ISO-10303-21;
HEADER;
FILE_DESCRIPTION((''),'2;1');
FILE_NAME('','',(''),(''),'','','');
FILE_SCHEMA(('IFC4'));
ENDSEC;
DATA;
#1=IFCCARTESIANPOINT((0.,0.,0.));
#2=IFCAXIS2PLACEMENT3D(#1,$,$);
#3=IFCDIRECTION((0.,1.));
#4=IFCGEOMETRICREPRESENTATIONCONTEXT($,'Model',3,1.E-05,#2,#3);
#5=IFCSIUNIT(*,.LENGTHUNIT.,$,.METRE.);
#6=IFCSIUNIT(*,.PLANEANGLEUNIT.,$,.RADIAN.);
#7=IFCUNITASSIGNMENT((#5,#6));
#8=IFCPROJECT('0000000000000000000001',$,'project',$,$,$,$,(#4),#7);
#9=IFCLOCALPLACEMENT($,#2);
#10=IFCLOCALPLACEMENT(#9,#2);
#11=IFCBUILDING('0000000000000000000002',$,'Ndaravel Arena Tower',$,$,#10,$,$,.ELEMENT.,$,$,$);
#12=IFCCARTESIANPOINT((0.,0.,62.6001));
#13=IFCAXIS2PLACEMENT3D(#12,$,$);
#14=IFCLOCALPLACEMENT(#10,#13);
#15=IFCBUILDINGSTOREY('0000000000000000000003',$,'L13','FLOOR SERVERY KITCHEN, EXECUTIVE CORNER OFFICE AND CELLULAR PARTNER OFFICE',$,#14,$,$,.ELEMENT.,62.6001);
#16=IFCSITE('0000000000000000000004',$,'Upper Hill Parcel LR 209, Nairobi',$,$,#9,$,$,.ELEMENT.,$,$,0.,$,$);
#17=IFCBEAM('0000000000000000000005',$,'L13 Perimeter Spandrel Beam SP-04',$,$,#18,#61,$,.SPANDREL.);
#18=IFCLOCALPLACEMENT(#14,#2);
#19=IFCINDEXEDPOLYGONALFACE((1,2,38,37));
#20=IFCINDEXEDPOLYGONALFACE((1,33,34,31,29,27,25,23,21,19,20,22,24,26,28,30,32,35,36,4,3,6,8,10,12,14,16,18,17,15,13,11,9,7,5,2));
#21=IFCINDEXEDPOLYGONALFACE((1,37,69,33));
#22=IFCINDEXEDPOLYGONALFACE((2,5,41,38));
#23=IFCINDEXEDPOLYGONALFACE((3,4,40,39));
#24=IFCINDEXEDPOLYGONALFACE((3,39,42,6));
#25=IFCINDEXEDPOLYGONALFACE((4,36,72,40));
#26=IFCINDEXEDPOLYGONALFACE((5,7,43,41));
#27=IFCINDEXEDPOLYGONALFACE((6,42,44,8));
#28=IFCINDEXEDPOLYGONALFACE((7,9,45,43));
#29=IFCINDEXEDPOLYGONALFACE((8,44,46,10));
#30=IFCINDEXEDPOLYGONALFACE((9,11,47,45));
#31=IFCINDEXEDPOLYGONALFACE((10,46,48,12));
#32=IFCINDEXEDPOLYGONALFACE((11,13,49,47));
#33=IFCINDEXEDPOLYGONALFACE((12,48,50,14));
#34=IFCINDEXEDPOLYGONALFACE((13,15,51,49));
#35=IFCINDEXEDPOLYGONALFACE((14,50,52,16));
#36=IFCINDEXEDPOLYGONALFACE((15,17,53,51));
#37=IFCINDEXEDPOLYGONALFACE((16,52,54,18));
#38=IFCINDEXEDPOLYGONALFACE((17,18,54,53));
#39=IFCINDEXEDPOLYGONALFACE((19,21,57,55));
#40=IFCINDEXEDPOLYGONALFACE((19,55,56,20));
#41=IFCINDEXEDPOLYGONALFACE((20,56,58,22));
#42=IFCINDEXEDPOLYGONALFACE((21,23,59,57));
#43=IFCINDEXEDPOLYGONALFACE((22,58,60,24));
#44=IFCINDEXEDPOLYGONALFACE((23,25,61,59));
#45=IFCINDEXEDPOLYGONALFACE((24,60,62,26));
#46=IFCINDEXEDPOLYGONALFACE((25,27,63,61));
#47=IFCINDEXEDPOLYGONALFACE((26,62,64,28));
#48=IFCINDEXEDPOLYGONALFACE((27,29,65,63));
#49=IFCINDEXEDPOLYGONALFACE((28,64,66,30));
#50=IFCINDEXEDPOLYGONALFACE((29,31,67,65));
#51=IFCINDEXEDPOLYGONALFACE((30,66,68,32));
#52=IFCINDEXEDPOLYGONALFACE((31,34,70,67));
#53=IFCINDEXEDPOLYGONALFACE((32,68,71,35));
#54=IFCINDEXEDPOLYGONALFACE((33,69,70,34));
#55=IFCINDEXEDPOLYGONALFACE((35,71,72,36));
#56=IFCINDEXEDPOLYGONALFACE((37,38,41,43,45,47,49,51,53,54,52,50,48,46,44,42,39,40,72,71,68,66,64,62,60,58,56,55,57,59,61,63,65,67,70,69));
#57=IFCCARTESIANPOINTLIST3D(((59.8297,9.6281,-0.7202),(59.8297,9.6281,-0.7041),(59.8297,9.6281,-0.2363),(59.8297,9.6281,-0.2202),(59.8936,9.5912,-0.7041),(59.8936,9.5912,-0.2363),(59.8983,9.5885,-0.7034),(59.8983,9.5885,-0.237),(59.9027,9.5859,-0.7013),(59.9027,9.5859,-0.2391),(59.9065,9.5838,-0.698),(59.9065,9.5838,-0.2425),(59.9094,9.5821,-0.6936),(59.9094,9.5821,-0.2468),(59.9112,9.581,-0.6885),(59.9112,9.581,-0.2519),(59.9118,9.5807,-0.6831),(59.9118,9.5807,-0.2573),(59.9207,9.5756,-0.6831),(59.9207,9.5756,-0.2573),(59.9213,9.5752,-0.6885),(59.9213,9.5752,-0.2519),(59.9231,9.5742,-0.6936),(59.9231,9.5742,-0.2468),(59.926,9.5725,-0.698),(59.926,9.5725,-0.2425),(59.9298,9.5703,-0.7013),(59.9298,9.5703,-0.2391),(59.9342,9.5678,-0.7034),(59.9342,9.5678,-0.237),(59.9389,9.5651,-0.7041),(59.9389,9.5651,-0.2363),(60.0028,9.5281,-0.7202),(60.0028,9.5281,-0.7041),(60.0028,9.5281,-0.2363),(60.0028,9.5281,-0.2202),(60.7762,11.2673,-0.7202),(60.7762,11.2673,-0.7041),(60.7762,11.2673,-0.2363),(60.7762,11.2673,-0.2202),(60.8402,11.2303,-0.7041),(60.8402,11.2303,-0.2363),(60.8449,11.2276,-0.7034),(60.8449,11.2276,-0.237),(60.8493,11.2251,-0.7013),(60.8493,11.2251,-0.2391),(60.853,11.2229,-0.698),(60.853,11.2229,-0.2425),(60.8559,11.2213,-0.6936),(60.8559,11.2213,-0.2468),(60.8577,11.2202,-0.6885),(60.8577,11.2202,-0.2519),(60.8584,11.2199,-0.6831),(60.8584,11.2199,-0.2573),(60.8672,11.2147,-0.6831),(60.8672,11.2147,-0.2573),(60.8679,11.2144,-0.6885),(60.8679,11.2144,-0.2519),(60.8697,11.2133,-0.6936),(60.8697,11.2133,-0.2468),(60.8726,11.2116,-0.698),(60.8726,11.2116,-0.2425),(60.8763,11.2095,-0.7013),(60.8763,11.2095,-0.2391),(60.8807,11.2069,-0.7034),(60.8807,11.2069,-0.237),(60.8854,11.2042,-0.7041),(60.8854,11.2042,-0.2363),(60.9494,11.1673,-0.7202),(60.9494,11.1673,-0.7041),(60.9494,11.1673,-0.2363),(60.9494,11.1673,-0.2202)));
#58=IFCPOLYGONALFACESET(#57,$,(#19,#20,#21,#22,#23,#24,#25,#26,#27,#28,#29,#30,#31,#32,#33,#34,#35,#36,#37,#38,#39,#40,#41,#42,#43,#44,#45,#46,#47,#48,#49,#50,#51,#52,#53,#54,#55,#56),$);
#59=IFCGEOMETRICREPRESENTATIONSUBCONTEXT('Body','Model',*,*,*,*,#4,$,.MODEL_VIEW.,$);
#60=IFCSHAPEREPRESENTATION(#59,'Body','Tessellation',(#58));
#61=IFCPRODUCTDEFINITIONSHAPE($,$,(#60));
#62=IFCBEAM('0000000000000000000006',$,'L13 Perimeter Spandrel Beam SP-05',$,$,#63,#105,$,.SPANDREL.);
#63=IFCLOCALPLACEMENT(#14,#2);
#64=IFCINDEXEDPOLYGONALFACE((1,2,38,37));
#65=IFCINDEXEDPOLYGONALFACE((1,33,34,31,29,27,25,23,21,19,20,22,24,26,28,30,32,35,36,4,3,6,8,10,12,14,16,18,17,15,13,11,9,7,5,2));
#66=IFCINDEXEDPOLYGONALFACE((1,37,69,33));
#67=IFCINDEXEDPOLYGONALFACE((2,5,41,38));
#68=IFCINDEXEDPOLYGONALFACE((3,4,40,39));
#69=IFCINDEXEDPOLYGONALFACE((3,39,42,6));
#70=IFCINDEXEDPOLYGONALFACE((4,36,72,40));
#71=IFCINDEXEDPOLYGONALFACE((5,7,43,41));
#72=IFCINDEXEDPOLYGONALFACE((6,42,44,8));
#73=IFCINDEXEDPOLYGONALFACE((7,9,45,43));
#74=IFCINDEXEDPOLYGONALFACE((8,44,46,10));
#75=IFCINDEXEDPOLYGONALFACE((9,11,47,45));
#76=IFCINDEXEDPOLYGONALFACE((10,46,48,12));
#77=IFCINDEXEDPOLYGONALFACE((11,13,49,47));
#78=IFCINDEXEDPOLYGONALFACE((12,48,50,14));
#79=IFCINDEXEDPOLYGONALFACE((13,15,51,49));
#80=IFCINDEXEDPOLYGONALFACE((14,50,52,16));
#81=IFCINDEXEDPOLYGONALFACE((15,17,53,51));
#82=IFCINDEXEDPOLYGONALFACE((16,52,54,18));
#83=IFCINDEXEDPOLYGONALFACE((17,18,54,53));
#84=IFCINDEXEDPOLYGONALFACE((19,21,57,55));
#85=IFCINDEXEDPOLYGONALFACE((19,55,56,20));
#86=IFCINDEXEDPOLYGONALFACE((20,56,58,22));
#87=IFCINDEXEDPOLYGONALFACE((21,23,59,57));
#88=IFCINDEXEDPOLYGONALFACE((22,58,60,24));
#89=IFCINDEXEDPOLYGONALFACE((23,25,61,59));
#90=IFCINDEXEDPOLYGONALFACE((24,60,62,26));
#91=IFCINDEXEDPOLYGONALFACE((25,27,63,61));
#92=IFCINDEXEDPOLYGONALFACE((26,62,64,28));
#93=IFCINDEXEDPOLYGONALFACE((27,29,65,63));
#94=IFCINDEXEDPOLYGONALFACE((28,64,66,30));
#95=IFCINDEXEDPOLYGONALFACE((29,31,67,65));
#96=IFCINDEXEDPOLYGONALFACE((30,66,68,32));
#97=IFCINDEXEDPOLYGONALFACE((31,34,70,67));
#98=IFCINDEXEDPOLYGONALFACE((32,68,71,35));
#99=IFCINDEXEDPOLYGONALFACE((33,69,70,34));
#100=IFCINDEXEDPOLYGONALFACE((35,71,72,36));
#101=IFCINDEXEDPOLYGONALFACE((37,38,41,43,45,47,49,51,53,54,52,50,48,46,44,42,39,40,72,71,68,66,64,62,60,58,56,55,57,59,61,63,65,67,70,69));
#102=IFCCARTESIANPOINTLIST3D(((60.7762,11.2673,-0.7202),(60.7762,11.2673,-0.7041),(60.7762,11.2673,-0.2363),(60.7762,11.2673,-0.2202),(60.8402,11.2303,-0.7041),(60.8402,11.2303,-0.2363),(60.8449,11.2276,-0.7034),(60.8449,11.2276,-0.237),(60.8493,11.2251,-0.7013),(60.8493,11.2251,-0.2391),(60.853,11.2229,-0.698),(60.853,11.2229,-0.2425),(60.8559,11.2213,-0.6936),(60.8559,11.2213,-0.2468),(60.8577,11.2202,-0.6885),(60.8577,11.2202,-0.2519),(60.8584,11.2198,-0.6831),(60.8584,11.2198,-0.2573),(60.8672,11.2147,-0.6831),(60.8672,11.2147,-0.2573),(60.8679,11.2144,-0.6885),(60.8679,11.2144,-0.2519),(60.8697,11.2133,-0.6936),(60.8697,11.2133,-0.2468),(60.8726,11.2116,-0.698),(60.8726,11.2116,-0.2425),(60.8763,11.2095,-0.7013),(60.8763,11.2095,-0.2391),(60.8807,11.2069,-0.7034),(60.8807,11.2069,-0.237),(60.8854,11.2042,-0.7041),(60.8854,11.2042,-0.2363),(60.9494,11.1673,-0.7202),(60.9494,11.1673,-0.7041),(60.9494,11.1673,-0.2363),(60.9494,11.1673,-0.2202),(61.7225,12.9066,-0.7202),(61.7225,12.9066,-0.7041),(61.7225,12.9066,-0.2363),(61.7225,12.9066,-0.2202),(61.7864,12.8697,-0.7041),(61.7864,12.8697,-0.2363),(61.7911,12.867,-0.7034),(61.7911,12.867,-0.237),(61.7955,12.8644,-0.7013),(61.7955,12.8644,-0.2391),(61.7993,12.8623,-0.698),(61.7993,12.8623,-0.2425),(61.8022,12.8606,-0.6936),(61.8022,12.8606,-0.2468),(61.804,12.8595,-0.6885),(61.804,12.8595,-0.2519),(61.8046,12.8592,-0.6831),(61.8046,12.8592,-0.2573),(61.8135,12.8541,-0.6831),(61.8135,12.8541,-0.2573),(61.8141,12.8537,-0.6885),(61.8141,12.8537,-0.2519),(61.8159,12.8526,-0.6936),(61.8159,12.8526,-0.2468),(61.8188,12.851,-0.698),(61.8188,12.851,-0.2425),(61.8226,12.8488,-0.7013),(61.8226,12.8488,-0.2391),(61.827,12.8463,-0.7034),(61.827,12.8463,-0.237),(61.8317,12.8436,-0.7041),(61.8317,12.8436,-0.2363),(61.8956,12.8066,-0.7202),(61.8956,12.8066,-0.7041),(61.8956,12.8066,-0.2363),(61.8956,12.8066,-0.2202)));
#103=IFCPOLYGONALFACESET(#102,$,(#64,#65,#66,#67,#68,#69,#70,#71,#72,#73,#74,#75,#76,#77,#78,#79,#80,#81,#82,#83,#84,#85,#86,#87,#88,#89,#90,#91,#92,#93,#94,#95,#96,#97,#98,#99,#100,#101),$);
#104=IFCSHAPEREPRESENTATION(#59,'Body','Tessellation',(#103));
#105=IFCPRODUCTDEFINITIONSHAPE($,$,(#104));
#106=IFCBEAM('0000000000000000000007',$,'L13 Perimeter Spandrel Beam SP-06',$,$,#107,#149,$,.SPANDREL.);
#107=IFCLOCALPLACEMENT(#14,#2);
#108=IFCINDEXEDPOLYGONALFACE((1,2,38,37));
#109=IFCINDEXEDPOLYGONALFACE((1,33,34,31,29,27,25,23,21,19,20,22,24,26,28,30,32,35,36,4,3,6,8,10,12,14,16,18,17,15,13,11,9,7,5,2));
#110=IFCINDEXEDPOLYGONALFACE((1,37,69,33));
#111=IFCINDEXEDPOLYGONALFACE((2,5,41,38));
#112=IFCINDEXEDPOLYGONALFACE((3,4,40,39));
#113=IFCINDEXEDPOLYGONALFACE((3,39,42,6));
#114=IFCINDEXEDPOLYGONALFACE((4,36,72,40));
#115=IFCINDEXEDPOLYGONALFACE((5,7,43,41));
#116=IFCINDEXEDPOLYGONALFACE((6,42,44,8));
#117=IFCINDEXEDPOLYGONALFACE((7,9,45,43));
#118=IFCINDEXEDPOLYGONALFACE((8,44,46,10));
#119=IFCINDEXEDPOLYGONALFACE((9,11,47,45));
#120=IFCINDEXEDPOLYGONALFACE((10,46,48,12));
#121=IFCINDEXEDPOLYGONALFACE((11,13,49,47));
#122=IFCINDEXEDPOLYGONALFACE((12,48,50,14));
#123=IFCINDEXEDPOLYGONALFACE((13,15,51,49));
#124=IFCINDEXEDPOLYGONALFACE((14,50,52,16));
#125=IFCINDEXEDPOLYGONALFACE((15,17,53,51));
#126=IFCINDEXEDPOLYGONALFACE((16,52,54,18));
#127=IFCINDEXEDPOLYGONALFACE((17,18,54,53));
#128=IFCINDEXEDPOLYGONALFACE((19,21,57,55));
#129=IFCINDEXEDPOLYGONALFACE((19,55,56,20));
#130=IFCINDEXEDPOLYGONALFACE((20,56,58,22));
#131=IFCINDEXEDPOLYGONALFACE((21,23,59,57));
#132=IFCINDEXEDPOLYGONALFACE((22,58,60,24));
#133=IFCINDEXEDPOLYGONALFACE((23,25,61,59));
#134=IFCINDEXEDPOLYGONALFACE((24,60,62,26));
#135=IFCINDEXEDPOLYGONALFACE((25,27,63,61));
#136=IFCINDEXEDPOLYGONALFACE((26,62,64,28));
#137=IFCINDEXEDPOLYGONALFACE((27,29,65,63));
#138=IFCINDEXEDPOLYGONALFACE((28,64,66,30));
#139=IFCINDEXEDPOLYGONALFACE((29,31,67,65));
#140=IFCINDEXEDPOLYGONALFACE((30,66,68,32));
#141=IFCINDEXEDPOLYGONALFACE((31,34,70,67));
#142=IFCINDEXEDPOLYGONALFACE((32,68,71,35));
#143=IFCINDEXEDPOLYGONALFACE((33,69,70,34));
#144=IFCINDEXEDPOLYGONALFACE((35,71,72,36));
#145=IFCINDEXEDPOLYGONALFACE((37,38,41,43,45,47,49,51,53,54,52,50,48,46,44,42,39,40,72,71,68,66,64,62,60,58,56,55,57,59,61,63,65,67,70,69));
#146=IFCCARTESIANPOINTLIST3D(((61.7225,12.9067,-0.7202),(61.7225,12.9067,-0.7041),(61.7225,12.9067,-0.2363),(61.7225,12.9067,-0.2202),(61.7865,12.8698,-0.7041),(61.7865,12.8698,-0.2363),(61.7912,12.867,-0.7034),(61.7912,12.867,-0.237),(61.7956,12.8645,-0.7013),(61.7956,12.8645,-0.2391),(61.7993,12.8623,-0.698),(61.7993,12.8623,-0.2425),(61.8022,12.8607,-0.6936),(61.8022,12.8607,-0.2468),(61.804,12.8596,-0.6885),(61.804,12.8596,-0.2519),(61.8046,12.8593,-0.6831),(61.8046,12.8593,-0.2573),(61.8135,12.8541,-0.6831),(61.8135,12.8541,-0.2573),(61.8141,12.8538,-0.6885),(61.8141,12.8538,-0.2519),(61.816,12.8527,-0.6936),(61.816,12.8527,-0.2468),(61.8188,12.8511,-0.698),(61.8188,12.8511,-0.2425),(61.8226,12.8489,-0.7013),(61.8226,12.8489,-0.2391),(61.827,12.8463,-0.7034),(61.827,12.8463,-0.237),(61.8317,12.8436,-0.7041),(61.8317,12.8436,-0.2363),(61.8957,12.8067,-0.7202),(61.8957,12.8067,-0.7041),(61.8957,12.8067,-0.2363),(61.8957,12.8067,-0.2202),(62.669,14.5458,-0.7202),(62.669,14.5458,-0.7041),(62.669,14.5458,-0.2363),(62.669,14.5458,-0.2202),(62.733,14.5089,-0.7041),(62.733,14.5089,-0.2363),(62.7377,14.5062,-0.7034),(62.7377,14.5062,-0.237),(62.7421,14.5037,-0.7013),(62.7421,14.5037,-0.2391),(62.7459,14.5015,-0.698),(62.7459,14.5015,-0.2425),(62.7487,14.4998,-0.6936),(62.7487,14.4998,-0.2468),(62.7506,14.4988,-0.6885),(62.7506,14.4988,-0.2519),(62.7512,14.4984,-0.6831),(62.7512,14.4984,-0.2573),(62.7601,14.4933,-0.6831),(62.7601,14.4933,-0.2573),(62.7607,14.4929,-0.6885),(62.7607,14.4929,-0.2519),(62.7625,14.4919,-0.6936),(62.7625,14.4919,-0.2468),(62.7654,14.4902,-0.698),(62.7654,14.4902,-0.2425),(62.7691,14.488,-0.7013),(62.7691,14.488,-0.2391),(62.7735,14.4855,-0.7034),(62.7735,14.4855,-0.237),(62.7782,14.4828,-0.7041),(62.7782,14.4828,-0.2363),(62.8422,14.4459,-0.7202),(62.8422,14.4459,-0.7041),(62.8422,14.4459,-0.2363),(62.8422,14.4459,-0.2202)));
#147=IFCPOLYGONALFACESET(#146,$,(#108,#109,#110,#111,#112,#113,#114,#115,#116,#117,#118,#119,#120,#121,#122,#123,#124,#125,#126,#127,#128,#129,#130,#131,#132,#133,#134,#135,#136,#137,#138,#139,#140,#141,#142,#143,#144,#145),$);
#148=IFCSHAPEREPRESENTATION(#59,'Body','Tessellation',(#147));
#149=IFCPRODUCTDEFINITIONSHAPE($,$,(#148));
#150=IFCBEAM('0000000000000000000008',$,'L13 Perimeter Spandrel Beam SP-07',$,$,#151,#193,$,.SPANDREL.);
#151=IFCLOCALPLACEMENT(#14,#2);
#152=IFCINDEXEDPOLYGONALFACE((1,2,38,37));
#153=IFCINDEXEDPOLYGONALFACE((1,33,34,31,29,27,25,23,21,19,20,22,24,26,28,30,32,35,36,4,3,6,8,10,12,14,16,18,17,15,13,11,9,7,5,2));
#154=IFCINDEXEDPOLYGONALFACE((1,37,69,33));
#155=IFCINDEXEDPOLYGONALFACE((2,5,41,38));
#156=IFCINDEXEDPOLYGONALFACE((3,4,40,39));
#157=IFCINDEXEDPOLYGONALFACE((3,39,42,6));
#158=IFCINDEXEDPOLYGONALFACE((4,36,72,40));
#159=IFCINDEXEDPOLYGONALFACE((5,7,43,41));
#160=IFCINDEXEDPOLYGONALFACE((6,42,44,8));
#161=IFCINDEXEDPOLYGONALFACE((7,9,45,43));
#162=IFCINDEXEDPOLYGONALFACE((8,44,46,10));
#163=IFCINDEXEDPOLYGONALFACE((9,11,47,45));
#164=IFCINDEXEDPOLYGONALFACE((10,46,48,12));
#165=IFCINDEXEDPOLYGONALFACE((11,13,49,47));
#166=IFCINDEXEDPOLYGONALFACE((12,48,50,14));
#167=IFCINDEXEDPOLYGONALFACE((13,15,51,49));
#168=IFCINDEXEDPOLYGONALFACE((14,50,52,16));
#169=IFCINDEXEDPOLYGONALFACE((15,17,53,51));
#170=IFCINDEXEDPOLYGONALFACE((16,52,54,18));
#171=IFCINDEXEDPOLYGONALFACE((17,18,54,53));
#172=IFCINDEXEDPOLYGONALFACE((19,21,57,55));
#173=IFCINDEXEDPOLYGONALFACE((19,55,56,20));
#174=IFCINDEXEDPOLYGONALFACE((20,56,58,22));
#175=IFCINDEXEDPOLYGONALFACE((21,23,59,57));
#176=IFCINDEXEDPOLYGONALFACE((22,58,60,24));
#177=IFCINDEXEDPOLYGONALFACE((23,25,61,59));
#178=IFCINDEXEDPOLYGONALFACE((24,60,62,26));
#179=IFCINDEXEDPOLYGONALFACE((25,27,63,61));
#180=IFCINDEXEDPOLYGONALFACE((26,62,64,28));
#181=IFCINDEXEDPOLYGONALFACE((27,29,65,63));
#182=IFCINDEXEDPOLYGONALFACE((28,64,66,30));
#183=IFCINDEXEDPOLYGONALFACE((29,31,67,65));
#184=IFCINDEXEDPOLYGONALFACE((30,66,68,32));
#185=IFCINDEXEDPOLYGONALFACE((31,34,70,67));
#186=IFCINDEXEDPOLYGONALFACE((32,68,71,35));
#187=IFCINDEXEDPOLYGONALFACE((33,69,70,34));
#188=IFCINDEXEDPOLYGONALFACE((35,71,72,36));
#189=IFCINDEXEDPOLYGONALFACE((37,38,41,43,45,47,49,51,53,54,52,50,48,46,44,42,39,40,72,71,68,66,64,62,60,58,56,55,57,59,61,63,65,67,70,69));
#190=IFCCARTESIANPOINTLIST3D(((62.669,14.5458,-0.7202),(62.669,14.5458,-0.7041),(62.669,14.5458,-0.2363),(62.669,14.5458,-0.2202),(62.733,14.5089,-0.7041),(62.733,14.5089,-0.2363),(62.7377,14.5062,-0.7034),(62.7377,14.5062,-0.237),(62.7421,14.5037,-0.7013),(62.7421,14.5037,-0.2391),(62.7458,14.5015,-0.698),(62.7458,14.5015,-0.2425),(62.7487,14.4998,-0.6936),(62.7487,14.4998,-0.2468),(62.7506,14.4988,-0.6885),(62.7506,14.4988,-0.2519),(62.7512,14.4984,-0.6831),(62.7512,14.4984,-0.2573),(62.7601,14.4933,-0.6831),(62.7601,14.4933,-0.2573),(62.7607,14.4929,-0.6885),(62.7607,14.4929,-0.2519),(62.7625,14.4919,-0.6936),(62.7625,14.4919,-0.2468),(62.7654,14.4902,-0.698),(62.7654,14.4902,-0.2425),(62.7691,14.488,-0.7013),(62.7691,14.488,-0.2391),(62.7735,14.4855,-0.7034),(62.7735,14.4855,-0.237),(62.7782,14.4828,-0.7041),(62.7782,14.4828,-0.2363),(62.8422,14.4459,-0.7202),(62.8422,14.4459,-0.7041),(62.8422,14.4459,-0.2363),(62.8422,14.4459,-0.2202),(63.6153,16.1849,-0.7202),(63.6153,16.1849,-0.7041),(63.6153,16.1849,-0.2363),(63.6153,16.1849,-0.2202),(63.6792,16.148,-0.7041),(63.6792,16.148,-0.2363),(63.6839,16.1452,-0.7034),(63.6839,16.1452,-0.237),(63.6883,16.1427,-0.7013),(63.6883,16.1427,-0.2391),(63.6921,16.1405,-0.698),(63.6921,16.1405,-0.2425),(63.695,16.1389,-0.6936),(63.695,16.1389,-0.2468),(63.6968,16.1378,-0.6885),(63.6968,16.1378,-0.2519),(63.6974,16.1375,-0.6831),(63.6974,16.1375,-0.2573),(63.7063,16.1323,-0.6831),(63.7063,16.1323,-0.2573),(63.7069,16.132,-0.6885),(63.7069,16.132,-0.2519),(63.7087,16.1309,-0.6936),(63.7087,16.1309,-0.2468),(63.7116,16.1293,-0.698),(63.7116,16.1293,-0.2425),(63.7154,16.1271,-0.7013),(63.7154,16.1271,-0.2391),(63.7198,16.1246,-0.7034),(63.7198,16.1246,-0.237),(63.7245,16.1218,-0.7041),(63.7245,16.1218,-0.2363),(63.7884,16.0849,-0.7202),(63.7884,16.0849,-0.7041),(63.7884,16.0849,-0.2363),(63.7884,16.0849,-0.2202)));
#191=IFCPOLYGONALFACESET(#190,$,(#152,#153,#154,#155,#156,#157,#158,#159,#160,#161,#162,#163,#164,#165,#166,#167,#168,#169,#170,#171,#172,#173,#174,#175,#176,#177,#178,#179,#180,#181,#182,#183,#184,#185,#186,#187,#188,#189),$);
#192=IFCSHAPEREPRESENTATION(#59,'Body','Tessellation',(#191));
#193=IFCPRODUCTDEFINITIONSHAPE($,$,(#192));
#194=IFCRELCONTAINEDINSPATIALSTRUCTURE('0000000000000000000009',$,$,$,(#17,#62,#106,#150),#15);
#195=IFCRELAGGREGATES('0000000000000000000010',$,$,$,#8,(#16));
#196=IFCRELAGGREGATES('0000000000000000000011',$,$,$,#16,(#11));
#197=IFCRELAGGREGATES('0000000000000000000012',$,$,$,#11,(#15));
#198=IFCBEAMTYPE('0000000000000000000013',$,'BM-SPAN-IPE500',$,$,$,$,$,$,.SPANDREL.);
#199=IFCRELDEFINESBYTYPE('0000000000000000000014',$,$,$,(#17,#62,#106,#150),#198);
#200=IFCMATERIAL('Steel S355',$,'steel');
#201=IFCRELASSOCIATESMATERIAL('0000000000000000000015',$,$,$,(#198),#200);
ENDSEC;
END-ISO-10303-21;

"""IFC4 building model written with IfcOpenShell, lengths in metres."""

from ifc_helpers import new_model, si_unit, direction, frame, origin, origin_2d, place, context, subcontext, project, spatial, i_section, extrude, material, material_profile, profile_set, type_object, element, save


model = new_model("IFC4")

# Units and contexts
model_context = context("Model", 3, precision=1e-05, world=origin(), true_north=direction((0.0, 1.0)))
body_context = subcontext(model_context, "Body", "Model", "MODEL_VIEW")
ifc_project = project(units=[si_unit("LENGTHUNIT", "METRE"), si_unit("PLANEANGLEUNIT", "RADIAN")], contexts=[model_context])

# Site, building, storey
site_placement = place(None, origin())
site = spatial("IfcSite", under=ifc_project, at=site_placement, Name="Upper Hill Parcel LR 209, Nairobi", CompositionType="ELEMENT", RefElevation=0.0)
building_placement = place(site_placement, origin())
building = spatial("IfcBuilding", under=site, at=building_placement, Name="Ndaravel Arena Tower", CompositionType="ELEMENT")
storey_placement = place(building_placement, frame((0.0, 0.0, 62.6001)))
storey = spatial("IfcBuildingStorey", under=building, at=storey_placement, Name="L13", Description="FLOOR SERVERY KITCHEN, EXECUTIVE CORNER OFFICE AND CELLULAR PARTNER OFFICE", CompositionType="ELEMENT", Elevation=62.6001)

# Beams
ifc_material_1 = material(Name="Steel S355", Category="steel")
ifc_material_profile_1 = material_profile(ifc_material_1, i_section(OverallWidth=0.2, OverallDepth=0.5, WebThickness=0.0103, FlangeThickness=0.0161, FilletRadius=0.021, at=origin_2d()), Name="IPE 500")
ifc_profile_set_1 = profile_set([ifc_material_profile_1], Name="Steel S355")
beam_type = type_object("IfcBeamType", Name="BM-SPAN-IPE500", PredefinedType="SPANDREL", material=ifc_profile_set_1)
for number, where, z_axis, x_axis, name in (
    (1, (59.9163, 9.5781, -0.4702), (0.500065, 0.865988, 0.0), (-0.865988, 0.500065, 0.0), "L13 Perimeter Spandrel Beam SP-04"),
    (2, (60.8628, 11.2173, -0.4702), (0.499912, 0.866076, 0.0), (-0.866076, 0.499912, 0.0), "L13 Perimeter Spandrel Beam SP-05"),
    (3, (61.8091, 12.8567, -0.4702), (0.500065, 0.865988, 0.0), (-0.865988, 0.500065, 0.0), "L13 Perimeter Spandrel Beam SP-06"),
):
    element("IfcBeam", number, at=place(storey_placement, frame(where, z_axis=z_axis, x_axis=x_axis)), inside=storey, type_object=beam_type, Name=name, PredefinedType="SPANDREL", context=body_context, shape_type="SweptSolid", body=[
        extrude(i_section(OverallWidth=0.2, OverallDepth=0.5, WebThickness=0.0103, FlangeThickness=0.0161, FilletRadius=0.021, at=origin_2d()), origin(), (0.0, 0.0, 1.0), 1.8928),
    ])
beam_1_placement = place(storey_placement, frame((62.7556, 14.4958, -0.4702), z_axis=(0.499968, 0.866044, 0.0), x_axis=(-0.866044, 0.499968, 0.0)))
element("IfcBeam", 4, at=beam_1_placement, inside=storey, type_object=beam_type, Name="L13 Perimeter Spandrel Beam SP-07", PredefinedType="SPANDREL", context=body_context, shape_type="SweptSolid", body=[
    extrude(i_section(OverallWidth=0.2, OverallDepth=0.5, WebThickness=0.0103, FlangeThickness=0.0161, FilletRadius=0.021, at=origin_2d()), origin(), (0.0, 0.0, 1.0), 1.8926),
])

save(model, "model.ifc")
